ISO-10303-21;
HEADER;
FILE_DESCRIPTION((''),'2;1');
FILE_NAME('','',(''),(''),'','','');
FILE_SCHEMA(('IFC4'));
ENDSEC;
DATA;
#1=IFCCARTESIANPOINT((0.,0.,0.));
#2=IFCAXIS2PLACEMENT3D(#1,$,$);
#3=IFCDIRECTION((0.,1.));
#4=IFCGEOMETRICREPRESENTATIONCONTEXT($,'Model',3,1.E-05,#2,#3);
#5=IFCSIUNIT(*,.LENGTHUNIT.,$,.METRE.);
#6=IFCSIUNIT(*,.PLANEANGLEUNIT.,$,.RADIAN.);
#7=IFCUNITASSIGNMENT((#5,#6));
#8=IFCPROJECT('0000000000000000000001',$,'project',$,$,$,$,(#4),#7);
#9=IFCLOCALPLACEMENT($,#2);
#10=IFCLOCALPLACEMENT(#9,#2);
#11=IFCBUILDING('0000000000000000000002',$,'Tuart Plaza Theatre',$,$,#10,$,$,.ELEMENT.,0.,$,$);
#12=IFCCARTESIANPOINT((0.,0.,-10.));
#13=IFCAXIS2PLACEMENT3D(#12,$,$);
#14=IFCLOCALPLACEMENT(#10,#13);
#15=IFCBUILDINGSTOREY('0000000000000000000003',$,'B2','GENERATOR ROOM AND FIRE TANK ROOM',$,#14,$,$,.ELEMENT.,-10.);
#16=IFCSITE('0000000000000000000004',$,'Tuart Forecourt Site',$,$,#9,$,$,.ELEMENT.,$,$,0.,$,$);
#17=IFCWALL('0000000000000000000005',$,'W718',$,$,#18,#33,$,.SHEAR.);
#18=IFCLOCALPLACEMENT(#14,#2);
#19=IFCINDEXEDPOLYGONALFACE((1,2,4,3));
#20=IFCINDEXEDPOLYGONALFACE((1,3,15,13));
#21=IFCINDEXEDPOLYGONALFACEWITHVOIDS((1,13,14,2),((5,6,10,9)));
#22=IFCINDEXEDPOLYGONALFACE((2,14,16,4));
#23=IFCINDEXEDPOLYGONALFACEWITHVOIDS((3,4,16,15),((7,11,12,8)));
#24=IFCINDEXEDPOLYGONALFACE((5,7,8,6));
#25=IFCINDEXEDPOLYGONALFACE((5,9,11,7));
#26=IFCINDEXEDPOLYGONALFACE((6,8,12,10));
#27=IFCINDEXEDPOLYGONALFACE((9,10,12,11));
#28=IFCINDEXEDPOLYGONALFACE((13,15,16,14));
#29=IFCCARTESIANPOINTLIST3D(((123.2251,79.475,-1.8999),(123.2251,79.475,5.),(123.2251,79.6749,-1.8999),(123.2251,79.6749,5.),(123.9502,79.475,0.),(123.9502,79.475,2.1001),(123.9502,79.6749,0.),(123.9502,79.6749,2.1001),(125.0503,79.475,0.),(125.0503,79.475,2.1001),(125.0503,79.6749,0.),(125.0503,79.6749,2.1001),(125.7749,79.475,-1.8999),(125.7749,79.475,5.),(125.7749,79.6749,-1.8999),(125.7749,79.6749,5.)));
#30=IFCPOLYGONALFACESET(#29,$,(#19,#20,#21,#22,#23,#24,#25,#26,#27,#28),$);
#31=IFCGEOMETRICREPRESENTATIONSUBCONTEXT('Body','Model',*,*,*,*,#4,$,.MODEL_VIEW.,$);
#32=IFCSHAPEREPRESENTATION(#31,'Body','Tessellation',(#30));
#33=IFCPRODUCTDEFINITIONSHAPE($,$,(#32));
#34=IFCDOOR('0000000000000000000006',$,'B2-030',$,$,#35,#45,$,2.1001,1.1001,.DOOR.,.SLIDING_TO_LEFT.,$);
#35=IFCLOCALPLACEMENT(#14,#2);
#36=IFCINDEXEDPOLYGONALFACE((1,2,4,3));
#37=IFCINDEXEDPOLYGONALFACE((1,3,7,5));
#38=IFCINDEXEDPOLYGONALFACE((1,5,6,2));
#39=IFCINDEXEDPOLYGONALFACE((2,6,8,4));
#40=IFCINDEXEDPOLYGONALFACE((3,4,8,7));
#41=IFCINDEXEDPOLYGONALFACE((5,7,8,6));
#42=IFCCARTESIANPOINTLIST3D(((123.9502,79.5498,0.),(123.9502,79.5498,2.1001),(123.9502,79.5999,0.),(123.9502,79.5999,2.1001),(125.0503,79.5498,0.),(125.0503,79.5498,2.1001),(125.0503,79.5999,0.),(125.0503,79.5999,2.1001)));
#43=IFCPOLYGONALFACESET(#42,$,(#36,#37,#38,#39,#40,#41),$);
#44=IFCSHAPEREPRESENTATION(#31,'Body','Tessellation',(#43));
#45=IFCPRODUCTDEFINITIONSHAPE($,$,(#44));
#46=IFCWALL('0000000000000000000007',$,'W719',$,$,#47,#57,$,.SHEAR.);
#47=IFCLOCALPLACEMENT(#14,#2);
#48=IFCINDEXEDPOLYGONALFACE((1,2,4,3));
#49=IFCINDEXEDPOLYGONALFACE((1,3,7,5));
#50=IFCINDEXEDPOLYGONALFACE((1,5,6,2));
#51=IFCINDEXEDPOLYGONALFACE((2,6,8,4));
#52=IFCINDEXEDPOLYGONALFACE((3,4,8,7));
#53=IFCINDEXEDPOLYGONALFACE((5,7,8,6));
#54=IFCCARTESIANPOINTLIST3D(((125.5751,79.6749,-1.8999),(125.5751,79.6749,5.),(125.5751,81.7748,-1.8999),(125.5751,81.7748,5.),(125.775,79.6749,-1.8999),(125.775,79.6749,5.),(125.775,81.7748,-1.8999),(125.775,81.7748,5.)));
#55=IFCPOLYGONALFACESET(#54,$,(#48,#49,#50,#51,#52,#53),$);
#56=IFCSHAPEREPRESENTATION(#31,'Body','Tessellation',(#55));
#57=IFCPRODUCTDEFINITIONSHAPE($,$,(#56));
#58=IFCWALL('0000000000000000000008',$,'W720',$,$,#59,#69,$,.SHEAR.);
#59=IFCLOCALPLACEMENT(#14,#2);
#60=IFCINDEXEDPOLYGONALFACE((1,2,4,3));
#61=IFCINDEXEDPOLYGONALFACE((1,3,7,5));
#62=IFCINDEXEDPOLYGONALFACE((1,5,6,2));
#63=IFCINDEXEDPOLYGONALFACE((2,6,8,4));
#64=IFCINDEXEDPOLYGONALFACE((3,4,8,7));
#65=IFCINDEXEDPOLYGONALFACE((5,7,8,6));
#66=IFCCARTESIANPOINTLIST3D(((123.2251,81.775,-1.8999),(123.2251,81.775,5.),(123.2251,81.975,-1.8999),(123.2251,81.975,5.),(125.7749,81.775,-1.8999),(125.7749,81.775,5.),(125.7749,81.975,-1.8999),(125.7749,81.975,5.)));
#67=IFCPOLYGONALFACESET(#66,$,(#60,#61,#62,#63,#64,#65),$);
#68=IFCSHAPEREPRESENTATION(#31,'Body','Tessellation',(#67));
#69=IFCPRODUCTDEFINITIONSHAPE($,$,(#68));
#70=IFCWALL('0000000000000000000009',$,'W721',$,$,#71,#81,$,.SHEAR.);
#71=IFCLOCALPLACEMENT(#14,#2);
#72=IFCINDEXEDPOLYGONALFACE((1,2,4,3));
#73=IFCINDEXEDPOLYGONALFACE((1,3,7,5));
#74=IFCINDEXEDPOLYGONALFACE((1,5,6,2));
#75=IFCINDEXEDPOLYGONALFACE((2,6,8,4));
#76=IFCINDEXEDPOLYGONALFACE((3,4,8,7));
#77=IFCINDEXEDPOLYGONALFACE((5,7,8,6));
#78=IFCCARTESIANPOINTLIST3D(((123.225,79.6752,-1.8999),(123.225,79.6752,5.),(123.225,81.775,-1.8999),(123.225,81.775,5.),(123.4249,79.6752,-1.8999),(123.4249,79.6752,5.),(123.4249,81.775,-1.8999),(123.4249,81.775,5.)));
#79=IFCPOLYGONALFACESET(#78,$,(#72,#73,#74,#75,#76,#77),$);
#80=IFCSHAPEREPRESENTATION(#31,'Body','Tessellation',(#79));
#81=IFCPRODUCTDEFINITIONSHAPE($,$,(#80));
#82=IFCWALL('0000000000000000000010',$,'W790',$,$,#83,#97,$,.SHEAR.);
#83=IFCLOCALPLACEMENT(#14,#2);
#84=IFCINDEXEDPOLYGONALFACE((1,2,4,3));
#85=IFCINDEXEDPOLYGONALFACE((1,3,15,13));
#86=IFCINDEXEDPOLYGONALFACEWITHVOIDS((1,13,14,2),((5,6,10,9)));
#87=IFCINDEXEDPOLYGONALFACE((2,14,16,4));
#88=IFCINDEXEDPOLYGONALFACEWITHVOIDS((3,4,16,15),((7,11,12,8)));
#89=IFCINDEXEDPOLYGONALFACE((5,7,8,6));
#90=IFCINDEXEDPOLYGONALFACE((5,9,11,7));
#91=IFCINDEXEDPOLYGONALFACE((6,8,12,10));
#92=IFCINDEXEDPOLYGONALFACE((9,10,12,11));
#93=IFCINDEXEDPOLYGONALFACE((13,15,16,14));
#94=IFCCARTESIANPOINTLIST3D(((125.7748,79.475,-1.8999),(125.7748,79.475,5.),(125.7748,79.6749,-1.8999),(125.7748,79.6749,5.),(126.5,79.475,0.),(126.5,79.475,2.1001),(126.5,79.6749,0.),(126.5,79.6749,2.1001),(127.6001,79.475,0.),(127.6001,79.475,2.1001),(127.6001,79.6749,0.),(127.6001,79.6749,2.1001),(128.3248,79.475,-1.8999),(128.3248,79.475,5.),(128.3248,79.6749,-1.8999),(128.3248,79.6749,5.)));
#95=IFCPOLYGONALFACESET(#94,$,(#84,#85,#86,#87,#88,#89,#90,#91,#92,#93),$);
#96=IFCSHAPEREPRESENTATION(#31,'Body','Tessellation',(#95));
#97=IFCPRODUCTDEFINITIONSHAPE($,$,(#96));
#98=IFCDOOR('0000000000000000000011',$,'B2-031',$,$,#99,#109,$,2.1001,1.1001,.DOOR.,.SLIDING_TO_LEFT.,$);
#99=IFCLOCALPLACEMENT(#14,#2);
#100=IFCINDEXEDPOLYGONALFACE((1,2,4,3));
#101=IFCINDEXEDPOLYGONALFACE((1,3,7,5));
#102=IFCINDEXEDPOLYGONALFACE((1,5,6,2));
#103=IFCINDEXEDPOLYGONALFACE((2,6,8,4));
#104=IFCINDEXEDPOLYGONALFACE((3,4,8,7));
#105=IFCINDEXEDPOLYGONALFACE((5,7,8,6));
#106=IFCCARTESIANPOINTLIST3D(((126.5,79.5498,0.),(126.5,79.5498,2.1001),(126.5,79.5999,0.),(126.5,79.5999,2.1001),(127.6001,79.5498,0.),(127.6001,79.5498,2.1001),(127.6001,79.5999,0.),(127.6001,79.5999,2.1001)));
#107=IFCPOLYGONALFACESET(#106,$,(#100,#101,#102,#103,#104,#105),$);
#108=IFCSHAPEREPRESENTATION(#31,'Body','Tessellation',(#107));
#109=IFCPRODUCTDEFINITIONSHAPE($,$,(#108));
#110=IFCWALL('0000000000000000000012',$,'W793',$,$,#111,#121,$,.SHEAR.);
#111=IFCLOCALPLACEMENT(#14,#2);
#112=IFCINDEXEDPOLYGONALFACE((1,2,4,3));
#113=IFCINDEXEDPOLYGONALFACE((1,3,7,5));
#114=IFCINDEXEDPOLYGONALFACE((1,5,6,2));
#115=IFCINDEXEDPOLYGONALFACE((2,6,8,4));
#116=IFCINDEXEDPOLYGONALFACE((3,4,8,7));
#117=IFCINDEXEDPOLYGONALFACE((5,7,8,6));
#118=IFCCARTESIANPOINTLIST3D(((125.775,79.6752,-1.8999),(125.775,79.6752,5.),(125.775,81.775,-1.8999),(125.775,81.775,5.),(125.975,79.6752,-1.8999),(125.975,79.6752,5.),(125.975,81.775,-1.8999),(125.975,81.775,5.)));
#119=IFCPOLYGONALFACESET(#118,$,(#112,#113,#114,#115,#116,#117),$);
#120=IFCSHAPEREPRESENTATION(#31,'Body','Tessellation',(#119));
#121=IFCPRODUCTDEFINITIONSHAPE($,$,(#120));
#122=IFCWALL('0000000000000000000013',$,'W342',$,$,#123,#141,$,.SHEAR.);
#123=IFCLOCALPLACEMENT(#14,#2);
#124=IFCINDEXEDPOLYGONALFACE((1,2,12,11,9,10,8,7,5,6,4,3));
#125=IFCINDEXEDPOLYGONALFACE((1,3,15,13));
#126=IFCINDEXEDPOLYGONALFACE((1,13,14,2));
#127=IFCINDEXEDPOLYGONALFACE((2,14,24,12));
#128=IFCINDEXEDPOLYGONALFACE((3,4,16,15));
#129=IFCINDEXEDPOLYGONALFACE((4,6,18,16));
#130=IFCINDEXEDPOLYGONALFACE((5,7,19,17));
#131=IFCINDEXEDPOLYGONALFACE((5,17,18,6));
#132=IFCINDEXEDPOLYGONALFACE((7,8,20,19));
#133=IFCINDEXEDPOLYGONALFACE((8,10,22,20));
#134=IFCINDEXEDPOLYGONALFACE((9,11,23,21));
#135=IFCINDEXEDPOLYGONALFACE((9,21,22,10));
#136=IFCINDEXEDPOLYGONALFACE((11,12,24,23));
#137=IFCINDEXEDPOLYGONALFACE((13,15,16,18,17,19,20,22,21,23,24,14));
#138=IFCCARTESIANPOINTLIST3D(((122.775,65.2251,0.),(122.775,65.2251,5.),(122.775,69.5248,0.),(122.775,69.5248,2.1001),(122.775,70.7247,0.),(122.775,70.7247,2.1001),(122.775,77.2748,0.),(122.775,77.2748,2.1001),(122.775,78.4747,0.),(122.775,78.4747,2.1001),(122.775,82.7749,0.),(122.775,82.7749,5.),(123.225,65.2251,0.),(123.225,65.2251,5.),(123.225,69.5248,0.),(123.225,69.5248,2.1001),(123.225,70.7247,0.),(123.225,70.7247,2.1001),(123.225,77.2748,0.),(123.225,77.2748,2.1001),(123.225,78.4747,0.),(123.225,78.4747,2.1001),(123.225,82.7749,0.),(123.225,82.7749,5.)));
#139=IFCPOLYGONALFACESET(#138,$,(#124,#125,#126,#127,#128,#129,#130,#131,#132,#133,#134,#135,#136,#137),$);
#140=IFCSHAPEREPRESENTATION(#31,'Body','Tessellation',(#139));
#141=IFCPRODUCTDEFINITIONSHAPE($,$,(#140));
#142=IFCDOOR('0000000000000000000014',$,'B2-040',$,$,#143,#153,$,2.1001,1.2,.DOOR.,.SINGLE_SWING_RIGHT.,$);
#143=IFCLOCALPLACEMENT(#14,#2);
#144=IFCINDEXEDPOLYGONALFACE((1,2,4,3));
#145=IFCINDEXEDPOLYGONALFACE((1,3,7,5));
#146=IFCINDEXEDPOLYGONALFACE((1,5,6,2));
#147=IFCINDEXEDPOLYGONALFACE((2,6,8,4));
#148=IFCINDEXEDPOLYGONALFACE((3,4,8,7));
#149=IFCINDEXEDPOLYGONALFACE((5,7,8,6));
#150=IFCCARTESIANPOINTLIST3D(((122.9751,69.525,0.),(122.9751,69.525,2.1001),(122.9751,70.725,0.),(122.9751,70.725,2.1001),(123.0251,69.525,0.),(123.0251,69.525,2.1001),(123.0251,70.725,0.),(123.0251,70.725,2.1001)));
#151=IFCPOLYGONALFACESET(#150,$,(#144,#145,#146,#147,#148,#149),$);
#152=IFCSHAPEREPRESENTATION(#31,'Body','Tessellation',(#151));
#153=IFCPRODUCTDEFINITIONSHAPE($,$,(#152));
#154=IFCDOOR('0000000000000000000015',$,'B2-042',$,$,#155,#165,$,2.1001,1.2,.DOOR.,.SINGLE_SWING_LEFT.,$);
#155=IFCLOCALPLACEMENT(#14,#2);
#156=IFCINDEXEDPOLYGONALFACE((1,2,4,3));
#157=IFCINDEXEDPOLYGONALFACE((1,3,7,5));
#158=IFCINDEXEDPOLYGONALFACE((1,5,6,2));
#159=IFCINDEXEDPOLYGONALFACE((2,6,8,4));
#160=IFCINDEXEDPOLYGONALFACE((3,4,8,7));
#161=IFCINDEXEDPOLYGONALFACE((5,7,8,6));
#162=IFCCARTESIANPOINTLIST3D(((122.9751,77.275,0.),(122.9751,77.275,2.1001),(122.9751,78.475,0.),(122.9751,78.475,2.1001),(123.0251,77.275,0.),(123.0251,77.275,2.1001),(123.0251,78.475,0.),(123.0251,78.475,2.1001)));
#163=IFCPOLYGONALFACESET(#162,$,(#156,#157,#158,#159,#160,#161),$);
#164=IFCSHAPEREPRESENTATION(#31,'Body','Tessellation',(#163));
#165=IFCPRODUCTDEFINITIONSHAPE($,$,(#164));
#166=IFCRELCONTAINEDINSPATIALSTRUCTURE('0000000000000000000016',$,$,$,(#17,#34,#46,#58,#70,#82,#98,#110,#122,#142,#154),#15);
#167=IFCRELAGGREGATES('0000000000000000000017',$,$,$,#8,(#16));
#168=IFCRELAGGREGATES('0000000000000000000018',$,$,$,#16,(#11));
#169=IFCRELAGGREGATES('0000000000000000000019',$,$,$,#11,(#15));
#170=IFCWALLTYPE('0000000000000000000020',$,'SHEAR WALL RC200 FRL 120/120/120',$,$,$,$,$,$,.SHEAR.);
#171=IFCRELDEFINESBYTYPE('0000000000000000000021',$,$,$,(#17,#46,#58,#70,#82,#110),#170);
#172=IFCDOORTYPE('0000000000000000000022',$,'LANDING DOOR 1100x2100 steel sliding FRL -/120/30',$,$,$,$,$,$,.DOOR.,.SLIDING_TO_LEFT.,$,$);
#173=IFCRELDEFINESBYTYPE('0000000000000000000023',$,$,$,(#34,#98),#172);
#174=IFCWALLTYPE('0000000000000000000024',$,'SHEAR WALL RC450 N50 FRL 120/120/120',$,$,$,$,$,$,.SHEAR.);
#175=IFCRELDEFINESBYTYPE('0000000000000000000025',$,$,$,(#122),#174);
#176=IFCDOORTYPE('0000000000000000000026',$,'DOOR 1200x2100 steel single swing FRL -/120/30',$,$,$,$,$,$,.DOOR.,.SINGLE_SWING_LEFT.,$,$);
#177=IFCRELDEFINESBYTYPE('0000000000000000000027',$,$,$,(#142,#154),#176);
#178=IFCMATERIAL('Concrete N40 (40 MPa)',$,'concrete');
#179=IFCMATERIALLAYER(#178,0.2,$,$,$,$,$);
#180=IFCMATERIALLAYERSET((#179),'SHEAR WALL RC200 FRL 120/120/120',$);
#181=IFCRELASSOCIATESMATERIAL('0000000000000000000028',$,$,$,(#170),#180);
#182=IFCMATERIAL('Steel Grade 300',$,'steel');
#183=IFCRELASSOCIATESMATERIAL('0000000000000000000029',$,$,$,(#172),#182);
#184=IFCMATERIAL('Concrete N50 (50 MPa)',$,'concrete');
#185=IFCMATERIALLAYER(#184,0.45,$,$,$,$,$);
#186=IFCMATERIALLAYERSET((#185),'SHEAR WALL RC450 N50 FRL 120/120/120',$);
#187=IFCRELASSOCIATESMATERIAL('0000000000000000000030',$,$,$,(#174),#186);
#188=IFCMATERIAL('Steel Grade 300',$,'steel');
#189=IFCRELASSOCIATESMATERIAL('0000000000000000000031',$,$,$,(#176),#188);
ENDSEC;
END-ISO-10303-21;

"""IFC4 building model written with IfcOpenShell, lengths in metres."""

from ifc_helpers import new_model, si_unit, direction, frame, frame_2d, origin, place, context, subcontext, project, spatial, rectangle, extrude, material, layer, layer_set, type_object, element, fill, save


model = new_model("IFC4")

# Units and contexts
model_context = context("Model", 3, precision=1e-05, world=origin(), true_north=direction((0.0, 1.0)))
body_context = subcontext(model_context, "Body", "Model", "MODEL_VIEW")
ifc_project = project(units=[si_unit("LENGTHUNIT", "METRE"), si_unit("PLANEANGLEUNIT", "RADIAN")], contexts=[model_context])

# Site, building, storey
site_placement = place(None, origin())
site = spatial("IfcSite", under=ifc_project, at=site_placement, Name="Tuart Forecourt Site", CompositionType="ELEMENT", RefElevation=0.0)
building_placement = place(site_placement, origin())
building = spatial("IfcBuilding", under=site, at=building_placement, Name="Tuart Plaza Theatre", CompositionType="ELEMENT", ElevationOfRefHeight=0.0)
storey_placement = place(building_placement, frame((0.0, 0.0, -10.0)))
storey = spatial("IfcBuildingStorey", under=building, at=storey_placement, Name="B2", Description="GENERATOR ROOM AND FIRE TANK ROOM", CompositionType="ELEMENT", Elevation=-10.0)

# Wall, opening, door
ifc_material_1 = material(Name="Concrete N40 (40 MPa)", Category="concrete")
ifc_layer_1 = layer(ifc_material_1, 0.2)
ifc_layer_set_1 = layer_set([ifc_layer_1], Name="SHEAR WALL RC200 FRL 120/120/120")
wall_type_1 = type_object("IfcWallType", Name="SHEAR WALL RC200 FRL 120/120/120", PredefinedType="SHEAR", material=ifc_layer_set_1)
wall_1_placement = place(storey_placement, frame((123.2251, 79.575, -1.8999), z_axis=(0.0, 0.0, 1.0), x_axis=(1.0, 0.0, 0.0)))
wall_1 = element("IfcWall", 1, at=wall_1_placement, inside=storey, type_object=wall_type_1, Name="W718", PredefinedType="SHEAR", context=body_context, shape_type="SweptSolid", body=[
    extrude(rectangle(XDim=2.5498, YDim=0.2, at=frame_2d((1.2749, 0.0))), origin(), (0.0, 0.0, 1.0), 6.8999),
])
opening_1_placement = place(wall_1_placement, frame((0.7251, 0.0, 1.8999)))
opening_1 = element("IfcOpeningElement", 2, at=opening_1_placement, cuts=wall_1, PredefinedType="OPENING", context=body_context, shape_type="SweptSolid", body=[
    extrude(rectangle(XDim=1.1001, YDim=2.1001, at=frame_2d((0.55, 1.05))), frame((0.0, 0.1099, 0.0), z_axis=(0.0, -1.0, 0.0), x_axis=(1.0, 0.0, 0.0)), (0.0, 0.0, 1.0), 0.22),
])
ifc_material_2 = material(Name="Steel Grade 300", Category="steel")
door_type_1 = type_object("IfcDoorType", Name="LANDING DOOR 1100x2100 steel sliding FRL -/120/30", OperationType="SLIDING_TO_LEFT", PredefinedType="DOOR", material=ifc_material_2)
door_1_placement = place(opening_1_placement, origin())
door_1 = element("IfcDoor", 3, at=door_1_placement, inside=storey, type_object=door_type_1, Name="B2-030", OperationType="SLIDING_TO_LEFT", OverallHeight=2.1001, OverallWidth=1.1001, PredefinedType="DOOR", context=body_context, shape_type="SweptSolid", body=[
    extrude(rectangle(XDim=1.1001, YDim=2.1001, at=frame_2d((0.55, 1.05))), frame((0.0, 0.0249, 0.0), z_axis=(0.0, -1.0, 0.0), x_axis=(1.0, 0.0, 0.0)), (0.0, 0.0, 1.0), 0.05),
])
fill(opening_1, door_1)

# Walls
wall_2_placement = place(storey_placement, frame((125.675, 79.675, -1.8999), z_axis=(0.0, 0.0, 1.0), x_axis=(0.0, 1.0, 0.0)))
element("IfcWall", 4, at=wall_2_placement, inside=storey, type_object=wall_type_1, Name="W719", PredefinedType="SHEAR", context=body_context, shape_type="SweptSolid", body=[
    extrude(rectangle(XDim=2.0999, YDim=0.2, at=frame_2d((1.0498, 0.0))), origin(), (0.0, 0.0, 1.0), 6.8999),
])
wall_3_placement = place(storey_placement, frame((125.7749, 81.875, -1.8999), z_axis=(0.0, 0.0, 1.0), x_axis=(-1.0, 0.0, 0.0)))
element("IfcWall", 5, at=wall_3_placement, inside=storey, type_object=wall_type_1, Name="W720", PredefinedType="SHEAR", context=body_context, shape_type="SweptSolid", body=[
    extrude(rectangle(XDim=2.5498, YDim=0.2, at=frame_2d((1.2749, 0.0))), origin(), (0.0, 0.0, 1.0), 6.8999),
])
wall_4_placement = place(storey_placement, frame((123.325, 81.7749, -1.8999), z_axis=(0.0, 0.0, 1.0), x_axis=(0.0, -1.0, 0.0)))
element("IfcWall", 6, at=wall_4_placement, inside=storey, type_object=wall_type_1, Name="W721", PredefinedType="SHEAR", context=body_context, shape_type="SweptSolid", body=[
    extrude(rectangle(XDim=2.0999, YDim=0.2, at=frame_2d((1.0498, 0.0))), origin(), (0.0, 0.0, 1.0), 6.8999),
])

# Wall, opening, door
wall_5_placement = place(storey_placement, frame((125.7749, 79.575, -1.8999), z_axis=(0.0, 0.0, 1.0), x_axis=(1.0, 0.0, 0.0)))
wall_5 = element("IfcWall", 7, at=wall_5_placement, inside=storey, type_object=wall_type_1, Name="W790", PredefinedType="SHEAR", context=body_context, shape_type="SweptSolid", body=[
    extrude(rectangle(XDim=2.55, YDim=0.2, at=frame_2d((1.2749, 0.0))), origin(), (0.0, 0.0, 1.0), 6.8999),
])
opening_2_placement = place(wall_5_placement, frame((0.7251, 0.0, 1.8999)))
opening_2 = element("IfcOpeningElement", 8, at=opening_2_placement, cuts=wall_5, PredefinedType="OPENING", context=body_context, shape_type="SweptSolid", body=[
    extrude(rectangle(XDim=1.1001, YDim=2.1001, at=frame_2d((0.55, 1.05))), frame((0.0, 0.1099, 0.0), z_axis=(0.0, -1.0, 0.0), x_axis=(1.0, 0.0, 0.0)), (0.0, 0.0, 1.0), 0.22),
])
door_2_placement = place(opening_2_placement, origin())
door_2 = element("IfcDoor", 9, at=door_2_placement, inside=storey, type_object=door_type_1, Name="B2-031", OperationType="SLIDING_TO_LEFT", OverallHeight=2.1001, OverallWidth=1.1001, PredefinedType="DOOR", context=body_context, shape_type="SweptSolid", body=[
    extrude(rectangle(XDim=1.1001, YDim=2.1001, at=frame_2d((0.55, 1.05))), frame((0.0, 0.0249, 0.0), z_axis=(0.0, -1.0, 0.0), x_axis=(1.0, 0.0, 0.0)), (0.0, 0.0, 1.0), 0.05),
])
fill(opening_2, door_2)

# Wall
wall_6_placement = place(storey_placement, frame((125.875, 81.7749, -1.8999), z_axis=(0.0, 0.0, 1.0), x_axis=(0.0, -1.0, 0.0)))
element("IfcWall", 10, at=wall_6_placement, inside=storey, type_object=wall_type_1, Name="W793", PredefinedType="SHEAR", context=body_context, shape_type="SweptSolid", body=[
    extrude(rectangle(XDim=2.0999, YDim=0.2, at=frame_2d((1.0498, 0.0))), origin(), (0.0, 0.0, 1.0), 6.8999),
])

# Wall, openings, doors
ifc_material_3 = material(Name="Concrete N50 (50 MPa)", Category="concrete")
ifc_layer_2 = layer(ifc_material_3, 0.45)
ifc_layer_set_2 = layer_set([ifc_layer_2], Name="SHEAR WALL RC450 N50 FRL 120/120/120")
wall_type_2 = type_object("IfcWallType", Name="SHEAR WALL RC450 N50 FRL 120/120/120", PredefinedType="SHEAR", material=ifc_layer_set_2)
wall_7_placement = place(storey_placement, frame((123.0, 82.7749, 0.0), z_axis=(0.0, 0.0, 1.0), x_axis=(0.0, -1.0, 0.0)))
wall_7 = element("IfcWall", 11, at=wall_7_placement, inside=storey, type_object=wall_type_2, Name="W342", PredefinedType="SHEAR", context=body_context, shape_type="SweptSolid", body=[
    extrude(rectangle(XDim=17.5498, YDim=0.45, at=frame_2d((8.7749, 0.0))), origin(), (0.0, 0.0, 1.0), 5.0),
])
opening_3_placement = place(wall_7_placement, frame((12.05, 0.0, 0.0)))
opening_3 = element("IfcOpeningElement", 12, at=opening_3_placement, cuts=wall_7, PredefinedType="OPENING", context=body_context, shape_type="SweptSolid", body=[
    extrude(rectangle(XDim=1.2, YDim=2.1001, at=frame_2d((0.6001, 1.05))), frame((0.0, 0.2349, 0.0), z_axis=(0.0, -1.0, 0.0), x_axis=(1.0, 0.0, 0.0)), (0.0, 0.0, 1.0), 0.47),
])
opening_4_placement = place(wall_7_placement, frame((4.3, 0.0, 0.0)))
opening_4 = element("IfcOpeningElement", 13, at=opening_4_placement, cuts=wall_7, PredefinedType="OPENING", context=body_context, shape_type="SweptSolid", body=[
    extrude(rectangle(XDim=1.2, YDim=2.1001, at=frame_2d((0.6001, 1.05))), frame((0.0, 0.2349, 0.0), z_axis=(0.0, -1.0, 0.0), x_axis=(1.0, 0.0, 0.0)), (0.0, 0.0, 1.0), 0.47),
])
ifc_material_4 = material(Name="Steel Grade 300", Category="steel")
door_type_2 = type_object("IfcDoorType", Name="DOOR 1200x2100 steel single swing FRL -/120/30", OperationType="SINGLE_SWING_LEFT", PredefinedType="DOOR", material=ifc_material_4)
door_3_placement = place(opening_3_placement, frame((1.2, 0.0, 0.0), z_axis=(0.0, 0.0, 1.0), x_axis=(-1.0, 0.0, 0.0)))
door_3 = element("IfcDoor", 14, at=door_3_placement, inside=storey, type_object=door_type_2, Name="B2-040", OperationType="SINGLE_SWING_RIGHT", OverallHeight=2.1001, OverallWidth=1.2, PredefinedType="DOOR", context=body_context, shape_type="SweptSolid", body=[
    extrude(rectangle(XDim=1.2, YDim=2.1001, at=frame_2d((0.6001, 1.05))), frame((0.0, 0.0249, 0.0), z_axis=(0.0, -1.0, 0.0), x_axis=(1.0, 0.0, 0.0)), (0.0, 0.0, 1.0), 0.05),
])
fill(opening_3, door_3)
door_4_placement = place(opening_4_placement, frame((1.2, 0.0, 0.0), z_axis=(0.0, 0.0, 1.0), x_axis=(-1.0, 0.0, 0.0)))
door_4 = element("IfcDoor", 15, at=door_4_placement, inside=storey, type_object=door_type_2, Name="B2-042", OperationType="SINGLE_SWING_LEFT", OverallHeight=2.1001, OverallWidth=1.2, PredefinedType="DOOR", context=body_context, shape_type="SweptSolid", body=[
    extrude(rectangle(XDim=1.2, YDim=2.1001, at=frame_2d((0.6001, 1.05))), frame((0.0, 0.0249, 0.0), z_axis=(0.0, -1.0, 0.0), x_axis=(1.0, 0.0, 0.0)), (0.0, 0.0, 1.0), 0.05),
])
fill(opening_4, door_4)

save(model, "model.ifc")
